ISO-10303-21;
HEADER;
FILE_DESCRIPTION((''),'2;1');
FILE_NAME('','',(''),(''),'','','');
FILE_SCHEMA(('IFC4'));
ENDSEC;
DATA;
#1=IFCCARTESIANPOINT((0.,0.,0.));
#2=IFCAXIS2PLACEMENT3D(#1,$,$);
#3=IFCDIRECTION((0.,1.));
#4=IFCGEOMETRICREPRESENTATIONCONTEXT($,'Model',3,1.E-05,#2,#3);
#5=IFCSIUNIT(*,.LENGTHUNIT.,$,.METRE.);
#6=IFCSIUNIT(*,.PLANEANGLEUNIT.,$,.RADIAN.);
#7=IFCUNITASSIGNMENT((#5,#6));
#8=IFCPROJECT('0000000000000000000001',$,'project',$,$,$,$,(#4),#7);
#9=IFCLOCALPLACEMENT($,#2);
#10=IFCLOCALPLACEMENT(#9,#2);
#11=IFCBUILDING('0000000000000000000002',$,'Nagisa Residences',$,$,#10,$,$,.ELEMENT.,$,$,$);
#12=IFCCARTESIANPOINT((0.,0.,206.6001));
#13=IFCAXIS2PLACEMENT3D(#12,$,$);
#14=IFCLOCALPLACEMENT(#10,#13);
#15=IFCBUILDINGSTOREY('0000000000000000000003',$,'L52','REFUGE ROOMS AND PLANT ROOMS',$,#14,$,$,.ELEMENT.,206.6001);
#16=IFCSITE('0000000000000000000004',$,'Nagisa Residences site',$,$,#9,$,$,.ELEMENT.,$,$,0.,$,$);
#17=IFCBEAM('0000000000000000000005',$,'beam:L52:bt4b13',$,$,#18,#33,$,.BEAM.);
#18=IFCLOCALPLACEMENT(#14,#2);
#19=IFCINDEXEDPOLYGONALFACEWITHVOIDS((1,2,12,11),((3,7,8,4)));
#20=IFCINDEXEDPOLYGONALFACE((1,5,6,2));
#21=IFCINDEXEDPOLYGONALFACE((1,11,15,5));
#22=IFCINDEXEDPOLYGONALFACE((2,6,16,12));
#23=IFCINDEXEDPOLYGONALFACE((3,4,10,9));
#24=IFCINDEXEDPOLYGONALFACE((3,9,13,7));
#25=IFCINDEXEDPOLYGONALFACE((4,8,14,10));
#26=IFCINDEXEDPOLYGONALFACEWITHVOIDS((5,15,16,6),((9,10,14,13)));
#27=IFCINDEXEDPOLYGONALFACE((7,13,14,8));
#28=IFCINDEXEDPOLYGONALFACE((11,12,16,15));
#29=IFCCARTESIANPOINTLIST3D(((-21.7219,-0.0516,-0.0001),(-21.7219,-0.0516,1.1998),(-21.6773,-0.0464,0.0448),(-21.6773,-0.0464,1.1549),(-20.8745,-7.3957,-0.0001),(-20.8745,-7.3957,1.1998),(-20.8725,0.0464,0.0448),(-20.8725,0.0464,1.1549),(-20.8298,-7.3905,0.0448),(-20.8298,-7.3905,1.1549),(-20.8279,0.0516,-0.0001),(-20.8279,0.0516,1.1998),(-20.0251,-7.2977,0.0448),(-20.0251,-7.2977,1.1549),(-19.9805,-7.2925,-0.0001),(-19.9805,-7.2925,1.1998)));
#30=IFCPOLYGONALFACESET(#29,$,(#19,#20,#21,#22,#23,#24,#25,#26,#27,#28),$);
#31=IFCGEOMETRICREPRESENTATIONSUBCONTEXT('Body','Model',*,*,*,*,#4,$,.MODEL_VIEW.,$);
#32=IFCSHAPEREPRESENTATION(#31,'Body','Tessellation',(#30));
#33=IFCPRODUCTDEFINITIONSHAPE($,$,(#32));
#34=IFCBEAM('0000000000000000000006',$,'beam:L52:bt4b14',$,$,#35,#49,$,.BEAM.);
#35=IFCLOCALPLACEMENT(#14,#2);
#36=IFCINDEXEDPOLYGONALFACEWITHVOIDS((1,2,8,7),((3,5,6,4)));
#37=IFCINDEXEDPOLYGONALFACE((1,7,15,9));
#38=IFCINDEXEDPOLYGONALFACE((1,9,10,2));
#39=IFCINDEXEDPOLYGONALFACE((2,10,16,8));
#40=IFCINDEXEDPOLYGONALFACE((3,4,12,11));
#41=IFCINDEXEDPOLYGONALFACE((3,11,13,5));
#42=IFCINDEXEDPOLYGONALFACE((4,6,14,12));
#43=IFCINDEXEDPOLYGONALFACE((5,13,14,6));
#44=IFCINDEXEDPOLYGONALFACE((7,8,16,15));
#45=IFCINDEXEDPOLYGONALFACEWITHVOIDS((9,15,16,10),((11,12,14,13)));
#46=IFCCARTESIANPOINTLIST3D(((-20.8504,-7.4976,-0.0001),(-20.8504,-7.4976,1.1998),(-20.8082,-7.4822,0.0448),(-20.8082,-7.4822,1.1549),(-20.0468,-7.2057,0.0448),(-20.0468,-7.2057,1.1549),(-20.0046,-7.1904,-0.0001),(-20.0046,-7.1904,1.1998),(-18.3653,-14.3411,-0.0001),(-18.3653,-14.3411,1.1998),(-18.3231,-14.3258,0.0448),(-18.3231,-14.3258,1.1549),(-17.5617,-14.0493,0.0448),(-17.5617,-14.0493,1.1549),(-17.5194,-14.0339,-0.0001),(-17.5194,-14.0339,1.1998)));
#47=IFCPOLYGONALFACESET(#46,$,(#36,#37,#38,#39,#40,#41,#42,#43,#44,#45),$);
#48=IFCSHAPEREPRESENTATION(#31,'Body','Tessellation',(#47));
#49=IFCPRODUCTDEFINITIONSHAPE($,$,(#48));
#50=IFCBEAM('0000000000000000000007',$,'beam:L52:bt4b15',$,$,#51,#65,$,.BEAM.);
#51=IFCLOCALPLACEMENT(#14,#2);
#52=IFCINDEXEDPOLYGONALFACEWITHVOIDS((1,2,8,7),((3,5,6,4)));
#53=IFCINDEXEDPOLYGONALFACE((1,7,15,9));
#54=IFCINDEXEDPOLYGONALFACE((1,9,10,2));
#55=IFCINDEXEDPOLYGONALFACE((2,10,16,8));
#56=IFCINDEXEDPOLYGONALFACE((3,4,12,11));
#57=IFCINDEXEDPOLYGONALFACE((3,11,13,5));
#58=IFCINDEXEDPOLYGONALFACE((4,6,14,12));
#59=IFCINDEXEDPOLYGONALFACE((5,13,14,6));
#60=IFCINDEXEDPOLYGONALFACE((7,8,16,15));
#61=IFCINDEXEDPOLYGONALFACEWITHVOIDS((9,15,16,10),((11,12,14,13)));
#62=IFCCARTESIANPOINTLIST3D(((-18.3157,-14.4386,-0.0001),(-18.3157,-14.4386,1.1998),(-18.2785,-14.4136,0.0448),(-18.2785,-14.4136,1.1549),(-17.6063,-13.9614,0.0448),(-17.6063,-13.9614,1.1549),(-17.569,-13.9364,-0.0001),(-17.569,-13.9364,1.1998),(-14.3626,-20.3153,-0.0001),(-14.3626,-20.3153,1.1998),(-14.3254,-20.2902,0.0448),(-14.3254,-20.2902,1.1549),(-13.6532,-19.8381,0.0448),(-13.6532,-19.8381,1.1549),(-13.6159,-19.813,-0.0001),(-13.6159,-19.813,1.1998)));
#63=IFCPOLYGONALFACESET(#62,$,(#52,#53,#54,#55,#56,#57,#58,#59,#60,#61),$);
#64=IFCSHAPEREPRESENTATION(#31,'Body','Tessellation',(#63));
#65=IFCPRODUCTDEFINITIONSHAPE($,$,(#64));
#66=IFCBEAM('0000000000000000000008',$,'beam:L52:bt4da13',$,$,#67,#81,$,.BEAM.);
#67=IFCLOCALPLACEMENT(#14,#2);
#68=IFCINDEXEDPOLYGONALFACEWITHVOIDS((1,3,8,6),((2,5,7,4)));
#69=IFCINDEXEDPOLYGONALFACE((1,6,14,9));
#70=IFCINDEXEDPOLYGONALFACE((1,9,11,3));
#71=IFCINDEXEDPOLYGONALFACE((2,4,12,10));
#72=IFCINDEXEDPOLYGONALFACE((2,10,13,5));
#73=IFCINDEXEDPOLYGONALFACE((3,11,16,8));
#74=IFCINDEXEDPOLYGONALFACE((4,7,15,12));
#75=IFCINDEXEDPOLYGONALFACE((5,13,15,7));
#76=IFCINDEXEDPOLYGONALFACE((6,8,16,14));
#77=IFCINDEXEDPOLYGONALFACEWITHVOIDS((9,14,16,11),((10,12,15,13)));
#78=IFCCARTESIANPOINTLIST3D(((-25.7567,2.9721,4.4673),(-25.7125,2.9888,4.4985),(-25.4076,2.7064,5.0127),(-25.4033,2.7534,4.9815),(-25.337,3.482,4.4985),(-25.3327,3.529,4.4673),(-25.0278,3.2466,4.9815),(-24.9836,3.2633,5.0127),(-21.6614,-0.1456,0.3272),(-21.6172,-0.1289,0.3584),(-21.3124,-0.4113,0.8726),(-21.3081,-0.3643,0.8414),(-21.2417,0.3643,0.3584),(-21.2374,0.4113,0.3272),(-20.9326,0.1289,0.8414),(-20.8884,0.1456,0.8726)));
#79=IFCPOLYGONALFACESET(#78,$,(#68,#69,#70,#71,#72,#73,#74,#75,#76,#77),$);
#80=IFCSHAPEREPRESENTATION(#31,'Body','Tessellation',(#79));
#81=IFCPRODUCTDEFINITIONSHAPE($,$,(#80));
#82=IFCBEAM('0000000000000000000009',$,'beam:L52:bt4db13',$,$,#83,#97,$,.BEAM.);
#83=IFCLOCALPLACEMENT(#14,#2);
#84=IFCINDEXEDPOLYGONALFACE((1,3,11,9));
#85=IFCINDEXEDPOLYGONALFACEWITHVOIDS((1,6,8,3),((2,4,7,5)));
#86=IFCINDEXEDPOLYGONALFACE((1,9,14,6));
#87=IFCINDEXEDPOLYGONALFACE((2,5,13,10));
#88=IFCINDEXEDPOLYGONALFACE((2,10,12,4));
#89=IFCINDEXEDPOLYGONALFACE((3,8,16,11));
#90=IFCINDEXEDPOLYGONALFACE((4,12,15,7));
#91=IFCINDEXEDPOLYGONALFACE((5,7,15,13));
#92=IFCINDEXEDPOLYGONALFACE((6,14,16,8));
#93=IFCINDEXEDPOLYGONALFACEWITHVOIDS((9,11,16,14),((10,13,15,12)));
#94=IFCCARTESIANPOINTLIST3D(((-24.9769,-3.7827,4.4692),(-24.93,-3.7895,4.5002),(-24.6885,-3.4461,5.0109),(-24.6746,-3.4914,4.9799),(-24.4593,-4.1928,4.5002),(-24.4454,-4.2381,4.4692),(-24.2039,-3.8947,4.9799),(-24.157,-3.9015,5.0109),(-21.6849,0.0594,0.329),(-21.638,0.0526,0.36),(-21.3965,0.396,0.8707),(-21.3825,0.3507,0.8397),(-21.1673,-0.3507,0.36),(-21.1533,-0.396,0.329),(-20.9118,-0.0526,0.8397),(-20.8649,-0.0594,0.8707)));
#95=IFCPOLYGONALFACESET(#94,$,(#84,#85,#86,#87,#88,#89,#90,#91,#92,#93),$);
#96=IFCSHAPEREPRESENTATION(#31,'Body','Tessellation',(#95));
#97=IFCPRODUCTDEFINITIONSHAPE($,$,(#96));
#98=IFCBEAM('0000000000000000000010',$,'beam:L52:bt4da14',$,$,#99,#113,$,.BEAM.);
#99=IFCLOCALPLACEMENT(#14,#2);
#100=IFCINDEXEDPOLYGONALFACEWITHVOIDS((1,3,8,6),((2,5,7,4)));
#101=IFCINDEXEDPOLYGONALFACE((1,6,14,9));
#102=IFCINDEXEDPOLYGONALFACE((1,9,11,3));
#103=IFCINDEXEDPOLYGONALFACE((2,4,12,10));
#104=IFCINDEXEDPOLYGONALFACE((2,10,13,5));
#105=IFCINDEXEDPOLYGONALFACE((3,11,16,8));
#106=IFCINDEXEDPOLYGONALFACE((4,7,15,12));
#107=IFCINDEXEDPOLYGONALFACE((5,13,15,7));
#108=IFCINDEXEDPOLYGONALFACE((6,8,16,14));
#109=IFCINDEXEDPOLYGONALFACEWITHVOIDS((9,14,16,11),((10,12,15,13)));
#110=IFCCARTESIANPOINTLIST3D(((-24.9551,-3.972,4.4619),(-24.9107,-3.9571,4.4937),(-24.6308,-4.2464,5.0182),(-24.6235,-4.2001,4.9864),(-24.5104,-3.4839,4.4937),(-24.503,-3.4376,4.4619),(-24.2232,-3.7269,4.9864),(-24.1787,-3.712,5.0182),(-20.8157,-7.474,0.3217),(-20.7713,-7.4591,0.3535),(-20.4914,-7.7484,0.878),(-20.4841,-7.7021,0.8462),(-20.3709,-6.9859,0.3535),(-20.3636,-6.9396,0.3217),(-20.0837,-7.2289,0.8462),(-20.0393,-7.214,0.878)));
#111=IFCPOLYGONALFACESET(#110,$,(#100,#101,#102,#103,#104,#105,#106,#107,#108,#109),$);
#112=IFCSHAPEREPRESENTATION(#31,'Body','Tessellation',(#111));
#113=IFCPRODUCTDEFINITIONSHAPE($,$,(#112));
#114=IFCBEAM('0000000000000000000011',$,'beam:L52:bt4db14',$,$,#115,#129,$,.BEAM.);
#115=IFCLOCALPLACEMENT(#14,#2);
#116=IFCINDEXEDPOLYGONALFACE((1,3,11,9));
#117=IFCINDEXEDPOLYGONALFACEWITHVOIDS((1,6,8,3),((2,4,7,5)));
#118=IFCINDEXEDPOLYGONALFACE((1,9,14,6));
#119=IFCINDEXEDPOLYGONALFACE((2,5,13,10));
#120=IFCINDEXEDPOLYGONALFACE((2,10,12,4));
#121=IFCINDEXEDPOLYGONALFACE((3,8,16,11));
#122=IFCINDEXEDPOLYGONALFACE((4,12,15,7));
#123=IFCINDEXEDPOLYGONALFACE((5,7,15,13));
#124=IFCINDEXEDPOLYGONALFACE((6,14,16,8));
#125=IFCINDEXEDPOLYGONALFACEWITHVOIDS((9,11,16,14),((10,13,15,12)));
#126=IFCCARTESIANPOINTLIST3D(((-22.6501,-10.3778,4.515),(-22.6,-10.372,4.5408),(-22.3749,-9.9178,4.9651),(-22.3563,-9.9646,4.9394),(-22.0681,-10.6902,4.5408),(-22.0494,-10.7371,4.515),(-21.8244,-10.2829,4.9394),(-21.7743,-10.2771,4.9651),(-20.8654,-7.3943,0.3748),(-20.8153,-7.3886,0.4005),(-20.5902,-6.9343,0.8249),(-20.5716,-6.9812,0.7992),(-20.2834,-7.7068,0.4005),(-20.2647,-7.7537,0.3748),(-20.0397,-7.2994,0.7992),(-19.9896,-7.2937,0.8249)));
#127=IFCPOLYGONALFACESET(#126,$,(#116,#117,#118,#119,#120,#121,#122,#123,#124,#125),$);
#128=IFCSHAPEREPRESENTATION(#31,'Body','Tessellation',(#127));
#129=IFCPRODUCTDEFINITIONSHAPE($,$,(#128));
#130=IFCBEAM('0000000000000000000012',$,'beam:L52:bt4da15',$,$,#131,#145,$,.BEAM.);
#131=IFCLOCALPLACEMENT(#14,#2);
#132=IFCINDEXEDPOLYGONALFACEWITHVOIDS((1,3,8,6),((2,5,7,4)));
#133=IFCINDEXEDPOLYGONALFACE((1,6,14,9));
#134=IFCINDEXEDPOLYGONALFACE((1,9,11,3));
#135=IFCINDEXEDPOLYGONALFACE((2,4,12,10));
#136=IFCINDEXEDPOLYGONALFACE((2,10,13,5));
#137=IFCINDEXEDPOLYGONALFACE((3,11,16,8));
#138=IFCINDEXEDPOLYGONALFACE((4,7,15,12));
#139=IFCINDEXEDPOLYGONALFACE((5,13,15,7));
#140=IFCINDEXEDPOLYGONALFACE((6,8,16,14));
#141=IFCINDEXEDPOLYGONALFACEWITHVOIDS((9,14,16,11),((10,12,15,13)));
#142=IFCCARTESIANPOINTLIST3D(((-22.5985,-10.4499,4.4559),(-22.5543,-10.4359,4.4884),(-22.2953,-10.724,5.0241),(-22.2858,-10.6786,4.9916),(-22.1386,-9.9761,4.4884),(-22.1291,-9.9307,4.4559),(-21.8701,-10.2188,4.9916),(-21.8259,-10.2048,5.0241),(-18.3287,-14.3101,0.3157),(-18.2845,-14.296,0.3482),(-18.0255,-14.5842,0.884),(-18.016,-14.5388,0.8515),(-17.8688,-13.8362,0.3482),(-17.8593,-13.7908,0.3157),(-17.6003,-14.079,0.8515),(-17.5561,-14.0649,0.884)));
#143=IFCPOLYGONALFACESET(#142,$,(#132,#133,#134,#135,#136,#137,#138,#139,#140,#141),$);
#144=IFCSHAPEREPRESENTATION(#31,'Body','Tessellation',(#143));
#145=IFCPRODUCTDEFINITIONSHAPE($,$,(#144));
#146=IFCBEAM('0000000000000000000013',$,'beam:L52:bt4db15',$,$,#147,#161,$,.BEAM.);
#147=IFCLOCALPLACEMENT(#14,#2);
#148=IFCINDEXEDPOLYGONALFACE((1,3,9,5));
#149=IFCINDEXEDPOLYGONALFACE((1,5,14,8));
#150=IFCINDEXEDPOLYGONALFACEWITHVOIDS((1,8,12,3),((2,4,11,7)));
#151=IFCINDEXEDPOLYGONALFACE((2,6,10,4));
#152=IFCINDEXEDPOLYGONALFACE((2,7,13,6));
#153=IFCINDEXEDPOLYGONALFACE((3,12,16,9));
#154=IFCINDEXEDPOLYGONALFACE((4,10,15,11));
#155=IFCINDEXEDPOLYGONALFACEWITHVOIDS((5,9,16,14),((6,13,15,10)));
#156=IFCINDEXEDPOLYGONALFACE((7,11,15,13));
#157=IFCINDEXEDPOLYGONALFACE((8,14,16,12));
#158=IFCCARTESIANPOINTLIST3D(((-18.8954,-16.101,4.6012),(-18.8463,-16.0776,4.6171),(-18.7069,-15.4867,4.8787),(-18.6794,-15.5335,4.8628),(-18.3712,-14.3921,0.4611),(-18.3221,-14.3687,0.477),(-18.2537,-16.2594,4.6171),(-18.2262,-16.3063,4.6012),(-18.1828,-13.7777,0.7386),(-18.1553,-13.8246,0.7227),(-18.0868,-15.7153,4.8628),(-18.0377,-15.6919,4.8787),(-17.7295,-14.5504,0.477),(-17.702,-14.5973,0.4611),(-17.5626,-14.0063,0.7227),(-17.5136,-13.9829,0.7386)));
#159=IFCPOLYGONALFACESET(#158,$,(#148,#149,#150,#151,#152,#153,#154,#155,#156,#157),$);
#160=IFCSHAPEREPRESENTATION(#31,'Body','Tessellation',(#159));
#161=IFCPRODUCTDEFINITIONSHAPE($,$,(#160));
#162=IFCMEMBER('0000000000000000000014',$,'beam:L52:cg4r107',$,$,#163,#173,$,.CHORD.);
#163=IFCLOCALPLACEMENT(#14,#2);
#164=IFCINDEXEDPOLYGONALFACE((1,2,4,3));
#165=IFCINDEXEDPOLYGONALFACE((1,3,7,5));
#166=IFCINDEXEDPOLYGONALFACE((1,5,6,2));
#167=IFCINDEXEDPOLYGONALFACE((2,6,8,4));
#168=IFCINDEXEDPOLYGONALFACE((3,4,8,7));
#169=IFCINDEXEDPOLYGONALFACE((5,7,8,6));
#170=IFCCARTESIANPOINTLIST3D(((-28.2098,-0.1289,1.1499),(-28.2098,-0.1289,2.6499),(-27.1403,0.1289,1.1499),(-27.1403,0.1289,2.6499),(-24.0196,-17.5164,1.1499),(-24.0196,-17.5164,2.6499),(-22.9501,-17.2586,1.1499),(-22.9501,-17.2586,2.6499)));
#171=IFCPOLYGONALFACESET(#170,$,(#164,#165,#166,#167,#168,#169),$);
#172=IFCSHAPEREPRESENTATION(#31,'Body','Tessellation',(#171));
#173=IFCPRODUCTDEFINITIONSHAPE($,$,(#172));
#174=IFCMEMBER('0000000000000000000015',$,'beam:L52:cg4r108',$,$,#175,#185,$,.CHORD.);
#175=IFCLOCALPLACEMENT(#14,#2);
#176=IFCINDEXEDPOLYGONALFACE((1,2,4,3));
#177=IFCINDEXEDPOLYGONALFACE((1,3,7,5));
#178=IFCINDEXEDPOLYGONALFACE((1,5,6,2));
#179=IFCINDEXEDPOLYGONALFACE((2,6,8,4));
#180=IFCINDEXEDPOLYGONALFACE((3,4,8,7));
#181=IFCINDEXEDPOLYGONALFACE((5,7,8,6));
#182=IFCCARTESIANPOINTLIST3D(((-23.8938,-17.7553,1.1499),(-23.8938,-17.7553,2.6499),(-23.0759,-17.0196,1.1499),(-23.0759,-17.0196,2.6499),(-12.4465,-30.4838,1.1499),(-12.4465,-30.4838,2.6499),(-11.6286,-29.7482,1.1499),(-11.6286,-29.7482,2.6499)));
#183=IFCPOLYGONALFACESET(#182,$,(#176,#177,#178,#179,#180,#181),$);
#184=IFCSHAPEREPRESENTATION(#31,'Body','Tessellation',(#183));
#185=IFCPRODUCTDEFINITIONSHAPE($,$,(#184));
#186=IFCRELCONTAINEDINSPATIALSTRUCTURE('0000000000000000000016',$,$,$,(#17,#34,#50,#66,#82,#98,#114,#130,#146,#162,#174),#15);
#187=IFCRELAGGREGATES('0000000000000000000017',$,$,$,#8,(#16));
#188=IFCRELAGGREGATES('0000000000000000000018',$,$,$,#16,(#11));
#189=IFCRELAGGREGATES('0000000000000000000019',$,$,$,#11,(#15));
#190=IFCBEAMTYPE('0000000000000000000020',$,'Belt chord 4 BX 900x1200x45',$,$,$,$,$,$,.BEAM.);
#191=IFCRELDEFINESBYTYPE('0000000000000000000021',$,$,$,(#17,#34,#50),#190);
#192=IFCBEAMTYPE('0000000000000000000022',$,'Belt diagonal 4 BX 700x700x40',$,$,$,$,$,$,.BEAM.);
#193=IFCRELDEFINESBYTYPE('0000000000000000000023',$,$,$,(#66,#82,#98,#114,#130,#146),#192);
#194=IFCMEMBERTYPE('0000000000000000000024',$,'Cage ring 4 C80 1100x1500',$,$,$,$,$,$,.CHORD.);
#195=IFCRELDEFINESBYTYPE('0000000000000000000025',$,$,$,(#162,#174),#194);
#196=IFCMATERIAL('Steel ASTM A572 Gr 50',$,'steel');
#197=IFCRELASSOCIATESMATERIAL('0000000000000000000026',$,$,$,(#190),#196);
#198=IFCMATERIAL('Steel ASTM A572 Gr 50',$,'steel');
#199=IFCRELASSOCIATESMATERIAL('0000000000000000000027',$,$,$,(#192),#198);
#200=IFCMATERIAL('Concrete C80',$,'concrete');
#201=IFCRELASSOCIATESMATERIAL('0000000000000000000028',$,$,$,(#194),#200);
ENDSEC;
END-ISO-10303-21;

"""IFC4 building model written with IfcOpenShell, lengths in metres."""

from ifc_helpers import new_model, si_unit, direction, frame, origin, origin_2d, place, context, subcontext, project, spatial, rectangle, hollow_rectangle, extrude, material, material_profile, profile_set, type_object, element, save


model = new_model("IFC4")

# Units and contexts
model_context = context("Model", 3, precision=1e-05, world=origin(), true_north=direction((0.0, 1.0)))
body_context = subcontext(model_context, "Body", "Model", "MODEL_VIEW")
ifc_project = project(units=[si_unit("LENGTHUNIT", "METRE"), si_unit("PLANEANGLEUNIT", "RADIAN")], contexts=[model_context])

# Site, building, storey
site_placement = place(None, origin())
site = spatial("IfcSite", under=ifc_project, at=site_placement, Name="Nagisa Residences site", CompositionType="ELEMENT", RefElevation=0.0)
building_placement = place(site_placement, origin())
building = spatial("IfcBuilding", under=site, at=building_placement, Name="Nagisa Residences", CompositionType="ELEMENT")
storey_placement = place(building_placement, frame((0.0, 0.0, 206.6001)))
storey = spatial("IfcBuildingStorey", under=building, at=storey_placement, Name="L52", Description="REFUGE ROOMS AND PLANT ROOMS", CompositionType="ELEMENT", Elevation=206.6001)

# Beams
ifc_material_1 = material(Name="Steel ASTM A572 Gr 50", Category="steel")
ifc_material_profile_1 = material_profile(ifc_material_1, hollow_rectangle(XDim=0.8999, YDim=1.2, WallThickness=0.0449, at=origin_2d()), Name="BX 900x1200x45")
ifc_profile_set_1 = profile_set([ifc_material_profile_1], Name="Steel ASTM A572 Gr 50")
beam_type_1 = type_object("IfcBeamType", Name="Belt chord 4 BX 900x1200x45", PredefinedType="BEAM", material=ifc_profile_set_1)
beam_1_placement = place(storey_placement, frame((-21.2749, 0.0, 0.5999), z_axis=(0.114628, -0.993409, 0.0), x_axis=(0.993409, 0.114628, 0.0)))
element("IfcBeam", 1, at=beam_1_placement, inside=storey, type_object=beam_type_1, Name="beam:L52:bt4b13", PredefinedType="BEAM", context=body_context, shape_type="SweptSolid", body=[
    extrude(hollow_rectangle(XDim=0.8999, YDim=1.2, WallThickness=0.0449, at=origin_2d()), origin(), (0.0, 0.0, 1.0), 7.3928),
])
beam_2_placement = place(storey_placement, frame((-20.4275, -7.344, 0.5999), z_axis=(0.341326, -0.939945, 0.0), x_axis=(0.939945, 0.341326, 0.0)))
element("IfcBeam", 2, at=beam_2_placement, inside=storey, type_object=beam_type_1, Name="beam:L52:bt4b14", PredefinedType="BEAM", context=body_context, shape_type="SweptSolid", body=[
    extrude(hollow_rectangle(XDim=0.8999, YDim=1.2, WallThickness=0.0449, at=origin_2d()), origin(), (0.0, 0.0, 1.0), 7.2808),
])
beam_3_placement = place(storey_placement, frame((-17.9424, -14.1875, 0.5999), z_axis=(0.558148, -0.829742, 0.0), x_axis=(0.829742, 0.558148, 0.0)))
element("IfcBeam", 3, at=beam_3_placement, inside=storey, type_object=beam_type_1, Name="beam:L52:bt4b15", PredefinedType="BEAM", context=body_context, shape_type="SweptSolid", body=[
    extrude(hollow_rectangle(XDim=0.8999, YDim=1.2, WallThickness=0.0449, at=origin_2d()), origin(), (0.0, 0.0, 1.0), 7.0825),
])
ifc_material_2 = material(Name="Steel ASTM A572 Gr 50", Category="steel")
ifc_material_profile_2 = material_profile(ifc_material_2, hollow_rectangle(XDim=0.7, YDim=0.7, WallThickness=0.04, at=origin_2d()), Name="BX 700x700x40")
ifc_profile_set_2 = profile_set([ifc_material_profile_2], Name="Steel ASTM A572 Gr 50")
beam_type_2 = type_object("IfcBeamType", Name="Belt diagonal 4 BX 700x700x40", PredefinedType="BEAM", material=ifc_profile_set_2)
beam_4_placement = place(storey_placement, frame((-21.2749, 0.0, 0.5999), z_axis=(-0.619979, 0.471988, 0.62678), x_axis=(-0.605737, -0.795665, 0.0)))
element("IfcBeam", 4, at=beam_4_placement, inside=storey, type_object=beam_type_2, Name="beam:L52:bt4da13", PredefinedType="BEAM", context=body_context, shape_type="SweptSolid", body=[
    extrude(hollow_rectangle(XDim=0.7, YDim=0.7, WallThickness=0.04, at=origin_2d()), origin(), (0.0, 0.0, 1.0), 6.6055),
])
beam_5_placement = place(storey_placement, frame((-21.2749, 0.0, 0.5999), z_axis=(-0.503553, -0.587691, 0.633288), x_axis=(0.759372, -0.650656, 0.0)))
element("IfcBeam", 5, at=beam_5_placement, inside=storey, type_object=beam_type_2, Name="beam:L52:bt4db13", PredefinedType="BEAM", context=body_context, shape_type="SweptSolid", body=[
    extrude(hollow_rectangle(XDim=0.7, YDim=0.7, WallThickness=0.04, at=origin_2d()), origin(), (0.0, 0.0, 1.0), 6.5376),
])
beam_6_placement = place(storey_placement, frame((-20.4275, -7.344, 0.5999), z_axis=(-0.606777, 0.513336, 0.606884), x_axis=(-0.645876, -0.763443, 0.0)))
element("IfcBeam", 6, at=beam_6_placement, inside=storey, type_object=beam_type_2, Name="beam:L52:bt4da14", PredefinedType="BEAM", context=body_context, shape_type="SweptSolid", body=[
    extrude(hollow_rectangle(XDim=0.7, YDim=0.7, WallThickness=0.04, at=origin_2d()), origin(), (0.0, 0.0, 1.0), 6.822),
])
beam_7_placement = place(storey_placement, frame((-20.4275, -7.344, 0.5999), z_axis=(-0.330118, -0.551853, 0.76582), x_axis=(0.858174, -0.513359, 0.0)))
element("IfcBeam", 7, at=beam_7_placement, inside=storey, type_object=beam_type_2, Name="beam:L52:bt4db14", PredefinedType="BEAM", context=body_context, shape_type="SweptSolid", body=[
    extrude(hollow_rectangle(XDim=0.7, YDim=0.7, WallThickness=0.04, at=origin_2d()), origin(), (0.0, 0.0, 1.0), 5.4062),
])
beam_8_placement = place(storey_placement, frame((-17.9424, -14.1875, 0.5999), z_axis=(-0.602201, 0.544422, 0.583917), x_axis=(-0.670625, -0.741797, 0.0)))
element("IfcBeam", 8, at=beam_8_placement, inside=storey, type_object=beam_type_2, Name="beam:L52:bt4da15", PredefinedType="BEAM", context=body_context, shape_type="SweptSolid", body=[
    extrude(hollow_rectangle(XDim=0.7, YDim=0.7, WallThickness=0.04, at=origin_2d()), origin(), (0.0, 0.0, 1.0), 7.0903),
])
beam_9_placement = place(storey_placement, frame((-17.9424, -14.1875, 0.5999), z_axis=(-0.116235, -0.378969, 0.91808), x_axis=(0.956041, -0.293232, 0.0)))
element("IfcBeam", 9, at=beam_9_placement, inside=storey, type_object=beam_type_2, Name="beam:L52:bt4db15", PredefinedType="BEAM", context=body_context, shape_type="SweptSolid", body=[
    extrude(hollow_rectangle(XDim=0.7, YDim=0.7, WallThickness=0.04, at=origin_2d()), origin(), (0.0, 0.0, 1.0), 4.5095),
])

# Members
ifc_material_3 = material(Name="Concrete C80", Category="concrete")
ifc_material_profile_3 = material_profile(ifc_material_3, rectangle(XDim=1.1001, YDim=1.5, at=origin_2d()), Name="C80 1100x1500")
ifc_profile_set_3 = profile_set([ifc_material_profile_3], Name="Concrete C80")
member_type_1 = type_object("IfcMemberType", Name="Cage ring 4 C80 1100x1500", PredefinedType="CHORD", material=ifc_profile_set_3)
member_1_placement = place(storey_placement, frame((-27.675, 0.0, 1.8999), z_axis=(0.234282, -0.972169, 0.0), x_axis=(0.972169, 0.234282, 0.0)))
element("IfcMember", 10, at=member_1_placement, inside=storey, type_object=member_type_1, Name="beam:L52:cg4r107", PredefinedType="CHORD", context=body_context, shape_type="SweptSolid", body=[
    extrude(rectangle(XDim=1.1001, YDim=1.5, at=origin_2d()), origin(), (0.0, 0.0, 1.0), 17.8853),
])
member_2_placement = place(storey_placement, frame((-23.4849, -17.3875, 1.8999), z_axis=(0.668694, -0.743538, 0.0), x_axis=(0.743538, 0.668694, 0.0)))
element("IfcMember", 11, at=member_2_placement, inside=storey, type_object=member_type_1, Name="beam:L52:cg4r108", PredefinedType="CHORD", context=body_context, shape_type="SweptSolid", body=[
    extrude(rectangle(XDim=1.1001, YDim=1.5, at=origin_2d()), origin(), (0.0, 0.0, 1.0), 17.1189),
])

save(model, "model.ifc")
